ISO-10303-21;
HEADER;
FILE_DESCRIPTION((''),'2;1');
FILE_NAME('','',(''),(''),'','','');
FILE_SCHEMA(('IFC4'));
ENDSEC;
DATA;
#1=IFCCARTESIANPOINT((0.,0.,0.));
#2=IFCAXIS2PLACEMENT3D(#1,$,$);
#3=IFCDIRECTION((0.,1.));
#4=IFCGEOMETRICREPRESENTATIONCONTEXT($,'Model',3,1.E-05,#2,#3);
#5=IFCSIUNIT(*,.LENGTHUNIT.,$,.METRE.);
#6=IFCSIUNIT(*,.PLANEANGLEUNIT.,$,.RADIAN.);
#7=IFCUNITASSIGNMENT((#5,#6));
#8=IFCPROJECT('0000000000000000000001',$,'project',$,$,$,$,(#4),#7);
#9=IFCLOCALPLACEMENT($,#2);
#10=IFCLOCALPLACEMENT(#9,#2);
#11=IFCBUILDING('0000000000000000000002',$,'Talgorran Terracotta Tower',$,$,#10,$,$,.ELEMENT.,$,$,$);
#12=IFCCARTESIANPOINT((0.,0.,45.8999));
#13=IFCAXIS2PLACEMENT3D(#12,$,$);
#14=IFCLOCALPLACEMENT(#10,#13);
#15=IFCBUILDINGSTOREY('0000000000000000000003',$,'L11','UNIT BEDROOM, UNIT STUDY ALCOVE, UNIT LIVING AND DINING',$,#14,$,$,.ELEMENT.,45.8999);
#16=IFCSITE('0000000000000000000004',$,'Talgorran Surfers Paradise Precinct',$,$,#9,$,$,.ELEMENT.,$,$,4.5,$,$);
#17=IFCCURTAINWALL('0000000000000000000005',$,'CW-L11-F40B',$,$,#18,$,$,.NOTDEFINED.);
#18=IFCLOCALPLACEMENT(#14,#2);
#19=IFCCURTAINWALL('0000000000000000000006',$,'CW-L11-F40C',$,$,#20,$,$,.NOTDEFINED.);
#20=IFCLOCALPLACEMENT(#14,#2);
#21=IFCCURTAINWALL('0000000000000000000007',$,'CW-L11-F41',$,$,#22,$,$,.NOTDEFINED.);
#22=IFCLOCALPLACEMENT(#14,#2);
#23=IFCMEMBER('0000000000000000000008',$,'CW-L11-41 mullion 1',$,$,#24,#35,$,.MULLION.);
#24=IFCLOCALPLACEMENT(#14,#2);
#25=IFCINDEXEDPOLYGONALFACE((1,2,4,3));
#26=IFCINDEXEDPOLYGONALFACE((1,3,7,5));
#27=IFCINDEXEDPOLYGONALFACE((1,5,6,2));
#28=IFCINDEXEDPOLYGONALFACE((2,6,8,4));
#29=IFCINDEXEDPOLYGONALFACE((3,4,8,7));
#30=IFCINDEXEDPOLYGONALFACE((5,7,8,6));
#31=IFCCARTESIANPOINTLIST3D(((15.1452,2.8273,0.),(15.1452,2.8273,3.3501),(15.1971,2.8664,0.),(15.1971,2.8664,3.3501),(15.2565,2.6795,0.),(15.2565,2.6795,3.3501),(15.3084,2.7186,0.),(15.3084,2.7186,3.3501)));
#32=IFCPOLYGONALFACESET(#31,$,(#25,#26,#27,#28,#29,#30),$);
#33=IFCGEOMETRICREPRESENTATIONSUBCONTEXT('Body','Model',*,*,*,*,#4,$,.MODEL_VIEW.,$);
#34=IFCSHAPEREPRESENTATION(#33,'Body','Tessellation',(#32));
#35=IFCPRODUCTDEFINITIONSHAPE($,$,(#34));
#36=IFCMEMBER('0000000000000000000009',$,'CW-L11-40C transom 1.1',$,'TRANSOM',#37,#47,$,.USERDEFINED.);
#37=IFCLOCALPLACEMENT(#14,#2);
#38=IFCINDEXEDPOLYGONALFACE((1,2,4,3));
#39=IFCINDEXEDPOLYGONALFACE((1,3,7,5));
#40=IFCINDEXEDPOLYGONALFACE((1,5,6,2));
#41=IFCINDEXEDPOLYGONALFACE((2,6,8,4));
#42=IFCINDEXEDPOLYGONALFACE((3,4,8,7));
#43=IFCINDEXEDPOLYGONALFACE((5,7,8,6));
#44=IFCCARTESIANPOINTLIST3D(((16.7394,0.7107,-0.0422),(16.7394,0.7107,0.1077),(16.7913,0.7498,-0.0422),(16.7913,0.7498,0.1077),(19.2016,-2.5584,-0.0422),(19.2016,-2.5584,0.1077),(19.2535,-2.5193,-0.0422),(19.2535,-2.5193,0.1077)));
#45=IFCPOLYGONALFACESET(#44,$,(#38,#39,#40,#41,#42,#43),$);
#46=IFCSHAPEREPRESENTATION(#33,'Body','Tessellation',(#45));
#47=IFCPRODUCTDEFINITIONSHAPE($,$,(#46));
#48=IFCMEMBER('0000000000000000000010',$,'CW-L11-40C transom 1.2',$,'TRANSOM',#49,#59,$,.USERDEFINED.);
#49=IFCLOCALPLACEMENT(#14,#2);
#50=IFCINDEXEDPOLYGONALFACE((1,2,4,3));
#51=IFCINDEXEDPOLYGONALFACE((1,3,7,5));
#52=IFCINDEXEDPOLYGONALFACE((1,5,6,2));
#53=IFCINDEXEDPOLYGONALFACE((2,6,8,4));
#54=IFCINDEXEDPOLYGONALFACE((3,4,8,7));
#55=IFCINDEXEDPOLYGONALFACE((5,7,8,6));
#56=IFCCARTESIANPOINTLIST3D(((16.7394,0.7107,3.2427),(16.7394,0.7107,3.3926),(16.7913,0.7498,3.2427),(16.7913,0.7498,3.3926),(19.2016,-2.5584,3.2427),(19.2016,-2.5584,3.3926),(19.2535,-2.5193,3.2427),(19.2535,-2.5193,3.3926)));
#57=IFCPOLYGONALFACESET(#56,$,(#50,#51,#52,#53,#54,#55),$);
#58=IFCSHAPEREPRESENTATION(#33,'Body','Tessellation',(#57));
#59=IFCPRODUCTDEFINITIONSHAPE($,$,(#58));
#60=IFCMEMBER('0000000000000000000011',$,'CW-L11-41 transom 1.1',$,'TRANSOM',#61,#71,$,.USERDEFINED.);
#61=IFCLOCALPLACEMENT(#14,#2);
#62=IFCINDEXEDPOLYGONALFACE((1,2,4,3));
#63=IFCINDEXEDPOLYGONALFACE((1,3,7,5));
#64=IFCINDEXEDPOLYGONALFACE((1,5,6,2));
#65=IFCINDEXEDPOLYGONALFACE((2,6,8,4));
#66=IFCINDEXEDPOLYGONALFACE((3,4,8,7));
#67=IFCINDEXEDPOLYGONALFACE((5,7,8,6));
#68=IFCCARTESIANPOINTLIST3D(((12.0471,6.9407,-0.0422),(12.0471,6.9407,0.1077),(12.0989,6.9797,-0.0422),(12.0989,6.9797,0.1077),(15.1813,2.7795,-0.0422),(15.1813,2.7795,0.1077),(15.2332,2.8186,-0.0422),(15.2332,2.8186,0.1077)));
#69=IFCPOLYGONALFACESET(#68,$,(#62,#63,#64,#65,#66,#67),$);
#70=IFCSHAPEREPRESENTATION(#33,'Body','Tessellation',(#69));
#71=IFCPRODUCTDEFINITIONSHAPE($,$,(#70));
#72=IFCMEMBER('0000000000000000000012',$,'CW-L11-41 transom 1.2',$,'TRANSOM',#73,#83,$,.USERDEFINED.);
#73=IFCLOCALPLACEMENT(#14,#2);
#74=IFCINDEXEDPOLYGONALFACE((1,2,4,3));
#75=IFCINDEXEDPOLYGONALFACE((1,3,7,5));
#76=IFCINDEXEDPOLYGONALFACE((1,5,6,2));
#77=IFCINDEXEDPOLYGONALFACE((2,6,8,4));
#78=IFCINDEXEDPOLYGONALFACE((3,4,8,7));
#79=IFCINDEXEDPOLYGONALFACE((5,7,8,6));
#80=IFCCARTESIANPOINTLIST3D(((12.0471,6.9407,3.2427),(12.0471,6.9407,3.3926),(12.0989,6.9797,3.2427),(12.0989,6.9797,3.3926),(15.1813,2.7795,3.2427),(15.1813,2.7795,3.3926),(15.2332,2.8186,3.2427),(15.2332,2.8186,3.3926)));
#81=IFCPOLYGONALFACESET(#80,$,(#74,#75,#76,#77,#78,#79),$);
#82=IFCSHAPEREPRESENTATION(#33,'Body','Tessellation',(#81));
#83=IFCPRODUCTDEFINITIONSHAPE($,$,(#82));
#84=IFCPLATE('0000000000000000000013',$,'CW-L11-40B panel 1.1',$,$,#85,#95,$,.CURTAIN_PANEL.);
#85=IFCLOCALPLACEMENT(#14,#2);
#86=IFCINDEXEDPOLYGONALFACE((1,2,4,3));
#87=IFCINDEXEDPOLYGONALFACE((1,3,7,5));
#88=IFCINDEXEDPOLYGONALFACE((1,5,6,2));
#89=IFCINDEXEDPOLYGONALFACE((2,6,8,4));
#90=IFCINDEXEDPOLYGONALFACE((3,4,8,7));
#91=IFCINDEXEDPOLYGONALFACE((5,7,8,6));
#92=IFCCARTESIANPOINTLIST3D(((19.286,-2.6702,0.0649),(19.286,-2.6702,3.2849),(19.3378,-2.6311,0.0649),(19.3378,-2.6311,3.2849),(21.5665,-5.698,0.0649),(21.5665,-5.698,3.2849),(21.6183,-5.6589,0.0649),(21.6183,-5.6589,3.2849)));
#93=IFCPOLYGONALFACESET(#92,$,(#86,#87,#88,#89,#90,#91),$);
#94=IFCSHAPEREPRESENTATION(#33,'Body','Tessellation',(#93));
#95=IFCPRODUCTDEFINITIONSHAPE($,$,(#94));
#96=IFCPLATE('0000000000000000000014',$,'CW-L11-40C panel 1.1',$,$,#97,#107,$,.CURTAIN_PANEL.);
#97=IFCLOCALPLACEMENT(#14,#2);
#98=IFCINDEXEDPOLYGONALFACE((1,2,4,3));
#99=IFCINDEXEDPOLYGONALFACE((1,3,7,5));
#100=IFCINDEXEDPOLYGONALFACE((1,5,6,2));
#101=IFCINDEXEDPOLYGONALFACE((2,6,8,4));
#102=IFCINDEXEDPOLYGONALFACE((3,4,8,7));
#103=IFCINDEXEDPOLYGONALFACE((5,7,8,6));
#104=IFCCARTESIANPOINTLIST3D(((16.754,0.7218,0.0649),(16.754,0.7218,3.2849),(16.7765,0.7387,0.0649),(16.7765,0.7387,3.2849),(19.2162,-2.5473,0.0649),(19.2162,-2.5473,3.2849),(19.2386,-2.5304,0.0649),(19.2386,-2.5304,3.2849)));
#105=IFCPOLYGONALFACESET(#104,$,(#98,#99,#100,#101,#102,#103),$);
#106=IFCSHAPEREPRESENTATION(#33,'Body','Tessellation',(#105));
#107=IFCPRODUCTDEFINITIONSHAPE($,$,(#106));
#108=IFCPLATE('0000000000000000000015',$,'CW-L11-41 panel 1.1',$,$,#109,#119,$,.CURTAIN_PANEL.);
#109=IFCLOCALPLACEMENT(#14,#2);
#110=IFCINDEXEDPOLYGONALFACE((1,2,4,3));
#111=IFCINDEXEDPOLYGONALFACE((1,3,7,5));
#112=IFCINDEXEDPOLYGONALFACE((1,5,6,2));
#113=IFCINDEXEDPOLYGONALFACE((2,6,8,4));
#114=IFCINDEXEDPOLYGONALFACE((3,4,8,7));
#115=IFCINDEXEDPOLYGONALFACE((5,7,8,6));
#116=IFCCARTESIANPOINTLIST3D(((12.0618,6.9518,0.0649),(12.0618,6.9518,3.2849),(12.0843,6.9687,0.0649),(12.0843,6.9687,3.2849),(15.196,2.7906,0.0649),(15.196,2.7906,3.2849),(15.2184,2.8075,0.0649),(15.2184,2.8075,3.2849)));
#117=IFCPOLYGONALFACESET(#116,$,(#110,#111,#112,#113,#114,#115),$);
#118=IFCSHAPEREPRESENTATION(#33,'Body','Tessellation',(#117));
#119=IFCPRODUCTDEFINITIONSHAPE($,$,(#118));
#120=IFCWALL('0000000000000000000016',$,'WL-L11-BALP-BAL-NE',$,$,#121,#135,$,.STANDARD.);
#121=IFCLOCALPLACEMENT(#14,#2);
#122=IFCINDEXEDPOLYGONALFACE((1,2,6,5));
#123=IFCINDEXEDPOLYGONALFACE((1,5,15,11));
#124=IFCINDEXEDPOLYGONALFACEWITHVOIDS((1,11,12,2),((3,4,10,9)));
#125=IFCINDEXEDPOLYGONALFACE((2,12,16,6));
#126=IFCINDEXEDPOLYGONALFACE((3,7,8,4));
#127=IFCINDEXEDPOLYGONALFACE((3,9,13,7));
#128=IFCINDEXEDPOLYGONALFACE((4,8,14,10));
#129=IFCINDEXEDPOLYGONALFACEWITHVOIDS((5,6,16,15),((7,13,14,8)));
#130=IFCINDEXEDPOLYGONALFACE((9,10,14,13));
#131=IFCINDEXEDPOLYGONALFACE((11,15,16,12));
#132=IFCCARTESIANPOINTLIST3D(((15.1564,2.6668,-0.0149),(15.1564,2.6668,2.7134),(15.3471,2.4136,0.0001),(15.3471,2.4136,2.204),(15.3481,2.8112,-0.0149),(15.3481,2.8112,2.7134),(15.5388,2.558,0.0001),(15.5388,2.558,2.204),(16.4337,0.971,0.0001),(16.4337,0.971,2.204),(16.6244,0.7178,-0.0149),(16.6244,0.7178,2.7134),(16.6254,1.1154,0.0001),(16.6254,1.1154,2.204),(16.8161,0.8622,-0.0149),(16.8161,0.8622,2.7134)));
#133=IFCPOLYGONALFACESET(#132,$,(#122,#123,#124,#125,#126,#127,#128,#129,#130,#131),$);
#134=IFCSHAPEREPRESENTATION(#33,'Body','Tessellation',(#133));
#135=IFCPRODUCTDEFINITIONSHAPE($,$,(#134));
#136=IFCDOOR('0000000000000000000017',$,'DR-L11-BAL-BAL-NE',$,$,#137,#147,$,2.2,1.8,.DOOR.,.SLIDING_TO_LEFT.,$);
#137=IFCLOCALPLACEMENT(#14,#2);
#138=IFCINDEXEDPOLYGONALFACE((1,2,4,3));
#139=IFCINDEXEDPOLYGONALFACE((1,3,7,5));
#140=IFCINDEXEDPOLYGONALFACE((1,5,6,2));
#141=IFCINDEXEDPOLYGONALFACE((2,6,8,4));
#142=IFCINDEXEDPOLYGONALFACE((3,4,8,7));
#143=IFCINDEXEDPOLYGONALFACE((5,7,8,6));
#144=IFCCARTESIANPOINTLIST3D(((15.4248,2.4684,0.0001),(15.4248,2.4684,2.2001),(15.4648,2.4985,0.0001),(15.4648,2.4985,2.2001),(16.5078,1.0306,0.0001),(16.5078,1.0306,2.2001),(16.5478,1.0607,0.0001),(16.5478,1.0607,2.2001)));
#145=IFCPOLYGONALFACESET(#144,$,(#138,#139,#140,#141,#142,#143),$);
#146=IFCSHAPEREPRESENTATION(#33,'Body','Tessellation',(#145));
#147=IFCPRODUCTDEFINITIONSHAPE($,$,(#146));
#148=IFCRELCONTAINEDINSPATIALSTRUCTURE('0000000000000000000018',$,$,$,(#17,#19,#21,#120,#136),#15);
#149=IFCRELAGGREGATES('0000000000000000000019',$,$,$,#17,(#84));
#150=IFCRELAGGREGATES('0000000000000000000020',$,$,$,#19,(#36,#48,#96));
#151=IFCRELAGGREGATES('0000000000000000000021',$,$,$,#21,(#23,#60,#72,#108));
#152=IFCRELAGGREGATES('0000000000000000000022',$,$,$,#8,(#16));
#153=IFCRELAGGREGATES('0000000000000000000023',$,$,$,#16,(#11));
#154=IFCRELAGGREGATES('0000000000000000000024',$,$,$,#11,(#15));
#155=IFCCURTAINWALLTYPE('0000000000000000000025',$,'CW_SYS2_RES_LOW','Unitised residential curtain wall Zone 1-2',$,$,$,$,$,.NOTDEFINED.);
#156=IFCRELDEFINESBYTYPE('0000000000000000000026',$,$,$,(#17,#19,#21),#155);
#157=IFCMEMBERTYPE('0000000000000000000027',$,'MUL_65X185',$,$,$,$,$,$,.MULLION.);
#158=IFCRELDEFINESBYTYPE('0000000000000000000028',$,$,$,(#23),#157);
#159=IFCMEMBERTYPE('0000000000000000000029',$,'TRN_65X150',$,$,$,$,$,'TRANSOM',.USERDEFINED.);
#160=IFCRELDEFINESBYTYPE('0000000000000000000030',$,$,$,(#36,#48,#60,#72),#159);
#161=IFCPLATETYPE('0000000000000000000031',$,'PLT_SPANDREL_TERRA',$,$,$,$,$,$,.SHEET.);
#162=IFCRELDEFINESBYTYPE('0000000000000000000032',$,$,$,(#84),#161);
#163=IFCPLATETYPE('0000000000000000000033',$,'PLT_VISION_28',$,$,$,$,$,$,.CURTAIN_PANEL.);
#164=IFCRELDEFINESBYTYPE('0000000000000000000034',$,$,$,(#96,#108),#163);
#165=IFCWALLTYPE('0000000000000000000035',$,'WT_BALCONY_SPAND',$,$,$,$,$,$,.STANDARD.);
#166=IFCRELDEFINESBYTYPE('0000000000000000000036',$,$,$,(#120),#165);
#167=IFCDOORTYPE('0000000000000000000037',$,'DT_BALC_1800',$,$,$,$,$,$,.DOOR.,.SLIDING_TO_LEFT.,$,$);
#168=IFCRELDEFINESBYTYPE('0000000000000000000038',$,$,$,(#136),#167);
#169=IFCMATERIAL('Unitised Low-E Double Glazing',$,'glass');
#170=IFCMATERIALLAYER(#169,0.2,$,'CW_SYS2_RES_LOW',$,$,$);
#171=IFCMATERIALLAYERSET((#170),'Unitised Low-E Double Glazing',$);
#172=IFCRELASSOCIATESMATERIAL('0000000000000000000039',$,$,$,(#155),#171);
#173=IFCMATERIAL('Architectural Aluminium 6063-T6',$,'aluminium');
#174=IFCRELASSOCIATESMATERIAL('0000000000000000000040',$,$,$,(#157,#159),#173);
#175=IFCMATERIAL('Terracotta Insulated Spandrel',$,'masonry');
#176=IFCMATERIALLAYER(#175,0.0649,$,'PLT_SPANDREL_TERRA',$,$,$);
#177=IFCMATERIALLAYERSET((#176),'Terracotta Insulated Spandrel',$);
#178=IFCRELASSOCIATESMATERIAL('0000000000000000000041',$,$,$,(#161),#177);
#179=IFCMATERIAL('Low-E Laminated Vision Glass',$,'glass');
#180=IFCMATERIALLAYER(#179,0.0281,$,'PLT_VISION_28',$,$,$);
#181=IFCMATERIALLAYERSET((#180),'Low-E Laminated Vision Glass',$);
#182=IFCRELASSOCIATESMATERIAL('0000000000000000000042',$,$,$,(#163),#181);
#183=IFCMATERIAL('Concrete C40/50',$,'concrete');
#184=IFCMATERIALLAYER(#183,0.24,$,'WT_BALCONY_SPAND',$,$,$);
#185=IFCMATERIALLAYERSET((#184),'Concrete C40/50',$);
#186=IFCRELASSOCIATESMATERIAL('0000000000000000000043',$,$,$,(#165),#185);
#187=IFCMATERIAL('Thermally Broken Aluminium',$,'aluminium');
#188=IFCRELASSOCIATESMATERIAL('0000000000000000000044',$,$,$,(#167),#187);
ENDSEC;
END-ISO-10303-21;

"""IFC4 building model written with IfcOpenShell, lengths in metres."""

from ifc_helpers import new_model, si_unit, direction, frame, frame_2d, origin, origin_2d, place, context, subcontext, project, spatial, rectangle, extrude, source, transform, mapped, material, layer, layer_set, material_profile, profile_set, type_object, type_shapes, element, fill, aggregate, save


model = new_model("IFC4")

# Units and contexts
model_context = context("Model", 3, precision=1e-05, world=origin(), true_north=direction((0.0, 1.0)))
body_context = subcontext(model_context, "Body", "Model", "MODEL_VIEW")
ifc_project = project(units=[si_unit("LENGTHUNIT", "METRE"), si_unit("PLANEANGLEUNIT", "RADIAN")], contexts=[model_context])

# Site, building, storey
site_placement = place(None, origin())
site = spatial("IfcSite", under=ifc_project, at=site_placement, Name="Talgorran Surfers Paradise Precinct", CompositionType="ELEMENT", RefElevation=4.5)
building_placement = place(site_placement, origin())
building = spatial("IfcBuilding", under=site, at=building_placement, Name="Talgorran Terracotta Tower", CompositionType="ELEMENT")
storey_placement = place(building_placement, frame((0.0, 0.0, 45.8999)))
storey = spatial("IfcBuildingStorey", under=building, at=storey_placement, Name="L11", Description="UNIT BEDROOM, UNIT STUDY ALCOVE, UNIT LIVING AND DINING", CompositionType="ELEMENT", Elevation=45.8999)

# Curtain wall
ifc_material_1 = material(Name="Unitised Low-E Double Glazing", Category="glass")
ifc_layer_1 = layer(ifc_material_1, 0.2, Name="CW_SYS2_RES_LOW")
ifc_layer_set_1 = layer_set([ifc_layer_1], Name="Unitised Low-E Double Glazing")
curtain_wall_type = type_object("IfcCurtainWallType", Name="CW_SYS2_RES_LOW", Description="Unitised residential curtain wall Zone 1-2", PredefinedType="NOTDEFINED", material=ifc_layer_set_1)
curtain_wall_1_placement = place(storey_placement, origin())
curtain_wall_1 = element("IfcCurtainWall", 1, at=curtain_wall_1_placement, inside=storey, type_object=curtain_wall_type, Name="CW-L11-F40B", PredefinedType="NOTDEFINED")
ifc_material_2 = material(Name="Architectural Aluminium 6063-T6", Category="aluminium")
ifc_material_profile_1 = material_profile(ifc_material_2, rectangle(XDim=0.0649, YDim=0.1851, at=origin_2d()), Name="CWM65X185")
ifc_profile_set_1 = profile_set([ifc_material_profile_1], Name="Architectural Aluminium 6063-T6")
member_type_1 = type_object("IfcMemberType", Name="MUL_65X185", PredefinedType="MULLION", material=ifc_profile_set_1)

# Curtain wall
curtain_wall_2_placement = place(storey_placement, origin())
curtain_wall_2 = element("IfcCurtainWall", 2, at=curtain_wall_2_placement, inside=storey, type_object=curtain_wall_type, Name="CW-L11-F40C", PredefinedType="NOTDEFINED")

# Curtain wall, member
curtain_wall_3_placement = place(storey_placement, origin())
curtain_wall_3 = element("IfcCurtainWall", 3, at=curtain_wall_3_placement, inside=storey, type_object=curtain_wall_type, Name="CW-L11-F41", PredefinedType="NOTDEFINED")
member_1_placement = place(storey_placement, frame((15.2268, 2.7729, 0.0), z_axis=(0.0, 0.0, 1.0), x_axis=(-0.798778, -0.601626, 0.0)))
member_1 = element("IfcMember", 4, at=member_1_placement, type_object=member_type_1, Name="CW-L11-41 mullion 1", PredefinedType="MULLION", context=body_context, shape_type="SweptSolid", body=[
    extrude(rectangle(XDim=0.0649, YDim=0.1851, at=origin_2d()), origin(), (0.0, 0.0, 1.0), 3.3501),
])

# Members
ifc_material_profile_2 = material_profile(ifc_material_2, rectangle(XDim=0.0649, YDim=0.1499, at=origin_2d()), Name="CWT65X150")
ifc_profile_set_2 = profile_set([ifc_material_profile_2], Name="Architectural Aluminium 6063-T6")
member_type_2 = type_object("IfcMemberType", Name="TRN_65X150", ElementType="TRANSOM", PredefinedType="USERDEFINED", material=ifc_profile_set_2)
member_2_placement = place(storey_placement, frame((19.2275, -2.5388, 0.0327), z_axis=(-0.601621, 0.798781, 0.0), x_axis=(-0.798781, -0.601621, 0.0)))
member_2 = element("IfcMember", 5, at=member_2_placement, type_object=member_type_2, Name="CW-L11-40C transom 1.1", ObjectType="TRANSOM", PredefinedType="USERDEFINED", context=body_context, shape_type="SweptSolid", body=[
    extrude(rectangle(XDim=0.0649, YDim=0.1499, at=origin_2d()), origin(), (0.0, 0.0, 1.0), 4.0925),
])
member_3_placement = place(storey_placement, frame((19.2275, -2.5388, 3.3176), z_axis=(-0.601621, 0.798781, 0.0), x_axis=(-0.798781, -0.601621, 0.0)))
member_3 = element("IfcMember", 6, at=member_3_placement, type_object=member_type_2, Name="CW-L11-40C transom 1.2", ObjectType="TRANSOM", PredefinedType="USERDEFINED", context=body_context, shape_type="SweptSolid", body=[
    extrude(rectangle(XDim=0.0649, YDim=0.1499, at=origin_2d()), origin(), (0.0, 0.0, 1.0), 4.0925),
])
member_4_placement = place(storey_placement, frame((15.2073, 2.7991, 0.0327), z_axis=(-0.601648, 0.798761, 0.0), x_axis=(-0.798761, -0.601648, 0.0)))
member_4 = element("IfcMember", 7, at=member_4_placement, type_object=member_type_2, Name="CW-L11-41 transom 1.1", ObjectType="TRANSOM", PredefinedType="USERDEFINED", context=body_context, shape_type="SweptSolid", body=[
    extrude(rectangle(XDim=0.0649, YDim=0.1499, at=origin_2d()), origin(), (0.0, 0.0, 1.0), 5.2095),
])
member_5_placement = place(storey_placement, frame((15.2073, 2.7991, 3.3176), z_axis=(-0.601648, 0.798761, 0.0), x_axis=(-0.798761, -0.601648, 0.0)))
member_5 = element("IfcMember", 8, at=member_5_placement, type_object=member_type_2, Name="CW-L11-41 transom 1.2", ObjectType="TRANSOM", PredefinedType="USERDEFINED", context=body_context, shape_type="SweptSolid", body=[
    extrude(rectangle(XDim=0.0649, YDim=0.1499, at=origin_2d()), origin(), (0.0, 0.0, 1.0), 5.2095),
])

# Plates
ifc_material_3 = material(Name="Terracotta Insulated Spandrel", Category="masonry")
ifc_layer_2 = layer(ifc_material_3, 0.0649, Name="PLT_SPANDREL_TERRA")
ifc_layer_set_2 = layer_set([ifc_layer_2], Name="Terracotta Insulated Spandrel")
plate_type_1 = type_object("IfcPlateType", Name="PLT_SPANDREL_TERRA", PredefinedType="SHEET", material=ifc_layer_set_2)
shared_shape_1 = source(origin(), body_context, "Body", "SweptSolid", [
    extrude(rectangle(XDim=3.7905, YDim=0.0649, at=origin_2d()), origin(), (0.0, 0.0, 1.0), 3.22),
])
type_shapes(plate_type_1, [shared_shape_1])
plate_1_placement = place(storey_placement, frame((20.4521, -4.1646, 0.0649), z_axis=(0.0, 0.0, 1.0), x_axis=(-0.601631, 0.798774, 0.0)))
plate_1 = element("IfcPlate", 9, at=plate_1_placement, type_object=plate_type_1, Name="CW-L11-40B panel 1.1", PredefinedType="CURTAIN_PANEL", context=body_context, shape_type="MappedRepresentation", body=[
    mapped(shared_shape_1, transform((0.0, 0.0, 0.0), scale=1.0)),
])
aggregate(curtain_wall_1, [plate_1])
ifc_material_4 = material(Name="Low-E Laminated Vision Glass", Category="glass")
ifc_layer_3 = layer(ifc_material_4, 0.0281, Name="PLT_VISION_28")
ifc_layer_set_3 = layer_set([ifc_layer_3], Name="Low-E Laminated Vision Glass")
plate_type_2 = type_object("IfcPlateType", Name="PLT_VISION_28", PredefinedType="CURTAIN_PANEL", material=ifc_layer_set_3)
shared_shape_2 = source(origin(), body_context, "Body", "SweptSolid", [
    extrude(rectangle(XDim=4.0925, YDim=0.0281, at=origin_2d()), origin(), (0.0, 0.0, 1.0), 3.22),
])
plate_2_placement = place(storey_placement, frame((17.9963, -0.9043, 0.0649), z_axis=(0.0, 0.0, 1.0), x_axis=(-0.601621, 0.798782, 0.0)))
plate_2 = element("IfcPlate", 10, at=plate_2_placement, type_object=plate_type_2, Name="CW-L11-40C panel 1.1", PredefinedType="CURTAIN_PANEL", context=body_context, shape_type="MappedRepresentation", body=[
    mapped(shared_shape_2, transform((0.0, 0.0, 0.0), scale=1.0)),
])
aggregate(curtain_wall_2, [member_2, member_3, plate_2])
shared_shape_3 = source(origin(), body_context, "Body", "SweptSolid", [
    extrude(rectangle(XDim=5.2095, YDim=0.0281, at=origin_2d()), origin(), (0.0, 0.0, 1.0), 3.22),
])
type_shapes(plate_type_2, [shared_shape_2, shared_shape_3])
plate_3_placement = place(storey_placement, frame((13.6401, 4.8796, 0.0649), z_axis=(0.0, 0.0, 1.0), x_axis=(-0.601626, 0.798778, 0.0)))
plate_3 = element("IfcPlate", 11, at=plate_3_placement, type_object=plate_type_2, Name="CW-L11-41 panel 1.1", PredefinedType="CURTAIN_PANEL", context=body_context, shape_type="MappedRepresentation", body=[
    mapped(shared_shape_3, transform((0.0, 0.0, 0.0), scale=1.0)),
])
aggregate(curtain_wall_3, [member_1, member_4, member_5, plate_3])

# Wall, opening, door
ifc_material_5 = material(Name="Concrete C40/50", Category="concrete")
ifc_layer_4 = layer(ifc_material_5, 0.24, Name="WT_BALCONY_SPAND")
ifc_layer_set_4 = layer_set([ifc_layer_4], Name="Concrete C40/50")
wall_type_1 = type_object("IfcWallType", Name="WT_BALCONY_SPAND", PredefinedType="STANDARD", material=ifc_layer_set_4)
wall_1_placement = place(storey_placement, frame((16.7202, 0.79, -0.0149), z_axis=(0.0, 0.0, 1.0), x_axis=(-0.601648, 0.798762, 0.0)))
wall_1 = element("IfcWall", 12, at=wall_1_placement, inside=storey, type_object=wall_type_1, Name="WL-L11-BALP-BAL-NE", PredefinedType="STANDARD", context=body_context, shape_type="SweptSolid", body=[
    extrude(rectangle(XDim=2.4399, YDim=0.24, at=frame_2d((1.22, 0.0))), origin(), (0.0, 0.0, 1.0), 2.7283),
])
opening_1_placement = place(wall_1_placement, frame((0.3201, 0.0, 0.0149)))
opening_1 = element("IfcOpeningElement", 13, at=opening_1_placement, cuts=wall_1, PredefinedType="OPENING", context=body_context, shape_type="SweptSolid", body=[
    extrude(rectangle(XDim=1.806, YDim=2.204, at=frame_2d((0.8999, 1.1021))), frame((0.0, 0.1299, 0.0), z_axis=(0.0, -1.0, 0.0), x_axis=(1.0, 0.0, 0.0)), (0.0, 0.0, 1.0), 0.26),
])
ifc_material_6 = material(Name="Thermally Broken Aluminium", Category="aluminium")
door_type_1 = type_object("IfcDoorType", Name="DT_BALC_1800", OperationType="SLIDING_TO_LEFT", PredefinedType="DOOR", material=ifc_material_6)
door_1_placement = place(opening_1_placement, origin())
door_1 = element("IfcDoor", 14, at=door_1_placement, inside=storey, type_object=door_type_1, Name="DR-L11-BAL-BAL-NE", OperationType="SLIDING_TO_LEFT", OverallHeight=2.2, OverallWidth=1.8, PredefinedType="DOOR", context=body_context, shape_type="SweptSolid", body=[
    extrude(rectangle(XDim=1.8, YDim=2.2, at=frame_2d((0.8999, 1.1001))), frame((0.0, 0.0249, 0.0), z_axis=(0.0, -1.0, 0.0), x_axis=(1.0, 0.0, 0.0)), (0.0, 0.0, 1.0), 0.05),
])
fill(opening_1, door_1)

save(model, "model.ifc")
